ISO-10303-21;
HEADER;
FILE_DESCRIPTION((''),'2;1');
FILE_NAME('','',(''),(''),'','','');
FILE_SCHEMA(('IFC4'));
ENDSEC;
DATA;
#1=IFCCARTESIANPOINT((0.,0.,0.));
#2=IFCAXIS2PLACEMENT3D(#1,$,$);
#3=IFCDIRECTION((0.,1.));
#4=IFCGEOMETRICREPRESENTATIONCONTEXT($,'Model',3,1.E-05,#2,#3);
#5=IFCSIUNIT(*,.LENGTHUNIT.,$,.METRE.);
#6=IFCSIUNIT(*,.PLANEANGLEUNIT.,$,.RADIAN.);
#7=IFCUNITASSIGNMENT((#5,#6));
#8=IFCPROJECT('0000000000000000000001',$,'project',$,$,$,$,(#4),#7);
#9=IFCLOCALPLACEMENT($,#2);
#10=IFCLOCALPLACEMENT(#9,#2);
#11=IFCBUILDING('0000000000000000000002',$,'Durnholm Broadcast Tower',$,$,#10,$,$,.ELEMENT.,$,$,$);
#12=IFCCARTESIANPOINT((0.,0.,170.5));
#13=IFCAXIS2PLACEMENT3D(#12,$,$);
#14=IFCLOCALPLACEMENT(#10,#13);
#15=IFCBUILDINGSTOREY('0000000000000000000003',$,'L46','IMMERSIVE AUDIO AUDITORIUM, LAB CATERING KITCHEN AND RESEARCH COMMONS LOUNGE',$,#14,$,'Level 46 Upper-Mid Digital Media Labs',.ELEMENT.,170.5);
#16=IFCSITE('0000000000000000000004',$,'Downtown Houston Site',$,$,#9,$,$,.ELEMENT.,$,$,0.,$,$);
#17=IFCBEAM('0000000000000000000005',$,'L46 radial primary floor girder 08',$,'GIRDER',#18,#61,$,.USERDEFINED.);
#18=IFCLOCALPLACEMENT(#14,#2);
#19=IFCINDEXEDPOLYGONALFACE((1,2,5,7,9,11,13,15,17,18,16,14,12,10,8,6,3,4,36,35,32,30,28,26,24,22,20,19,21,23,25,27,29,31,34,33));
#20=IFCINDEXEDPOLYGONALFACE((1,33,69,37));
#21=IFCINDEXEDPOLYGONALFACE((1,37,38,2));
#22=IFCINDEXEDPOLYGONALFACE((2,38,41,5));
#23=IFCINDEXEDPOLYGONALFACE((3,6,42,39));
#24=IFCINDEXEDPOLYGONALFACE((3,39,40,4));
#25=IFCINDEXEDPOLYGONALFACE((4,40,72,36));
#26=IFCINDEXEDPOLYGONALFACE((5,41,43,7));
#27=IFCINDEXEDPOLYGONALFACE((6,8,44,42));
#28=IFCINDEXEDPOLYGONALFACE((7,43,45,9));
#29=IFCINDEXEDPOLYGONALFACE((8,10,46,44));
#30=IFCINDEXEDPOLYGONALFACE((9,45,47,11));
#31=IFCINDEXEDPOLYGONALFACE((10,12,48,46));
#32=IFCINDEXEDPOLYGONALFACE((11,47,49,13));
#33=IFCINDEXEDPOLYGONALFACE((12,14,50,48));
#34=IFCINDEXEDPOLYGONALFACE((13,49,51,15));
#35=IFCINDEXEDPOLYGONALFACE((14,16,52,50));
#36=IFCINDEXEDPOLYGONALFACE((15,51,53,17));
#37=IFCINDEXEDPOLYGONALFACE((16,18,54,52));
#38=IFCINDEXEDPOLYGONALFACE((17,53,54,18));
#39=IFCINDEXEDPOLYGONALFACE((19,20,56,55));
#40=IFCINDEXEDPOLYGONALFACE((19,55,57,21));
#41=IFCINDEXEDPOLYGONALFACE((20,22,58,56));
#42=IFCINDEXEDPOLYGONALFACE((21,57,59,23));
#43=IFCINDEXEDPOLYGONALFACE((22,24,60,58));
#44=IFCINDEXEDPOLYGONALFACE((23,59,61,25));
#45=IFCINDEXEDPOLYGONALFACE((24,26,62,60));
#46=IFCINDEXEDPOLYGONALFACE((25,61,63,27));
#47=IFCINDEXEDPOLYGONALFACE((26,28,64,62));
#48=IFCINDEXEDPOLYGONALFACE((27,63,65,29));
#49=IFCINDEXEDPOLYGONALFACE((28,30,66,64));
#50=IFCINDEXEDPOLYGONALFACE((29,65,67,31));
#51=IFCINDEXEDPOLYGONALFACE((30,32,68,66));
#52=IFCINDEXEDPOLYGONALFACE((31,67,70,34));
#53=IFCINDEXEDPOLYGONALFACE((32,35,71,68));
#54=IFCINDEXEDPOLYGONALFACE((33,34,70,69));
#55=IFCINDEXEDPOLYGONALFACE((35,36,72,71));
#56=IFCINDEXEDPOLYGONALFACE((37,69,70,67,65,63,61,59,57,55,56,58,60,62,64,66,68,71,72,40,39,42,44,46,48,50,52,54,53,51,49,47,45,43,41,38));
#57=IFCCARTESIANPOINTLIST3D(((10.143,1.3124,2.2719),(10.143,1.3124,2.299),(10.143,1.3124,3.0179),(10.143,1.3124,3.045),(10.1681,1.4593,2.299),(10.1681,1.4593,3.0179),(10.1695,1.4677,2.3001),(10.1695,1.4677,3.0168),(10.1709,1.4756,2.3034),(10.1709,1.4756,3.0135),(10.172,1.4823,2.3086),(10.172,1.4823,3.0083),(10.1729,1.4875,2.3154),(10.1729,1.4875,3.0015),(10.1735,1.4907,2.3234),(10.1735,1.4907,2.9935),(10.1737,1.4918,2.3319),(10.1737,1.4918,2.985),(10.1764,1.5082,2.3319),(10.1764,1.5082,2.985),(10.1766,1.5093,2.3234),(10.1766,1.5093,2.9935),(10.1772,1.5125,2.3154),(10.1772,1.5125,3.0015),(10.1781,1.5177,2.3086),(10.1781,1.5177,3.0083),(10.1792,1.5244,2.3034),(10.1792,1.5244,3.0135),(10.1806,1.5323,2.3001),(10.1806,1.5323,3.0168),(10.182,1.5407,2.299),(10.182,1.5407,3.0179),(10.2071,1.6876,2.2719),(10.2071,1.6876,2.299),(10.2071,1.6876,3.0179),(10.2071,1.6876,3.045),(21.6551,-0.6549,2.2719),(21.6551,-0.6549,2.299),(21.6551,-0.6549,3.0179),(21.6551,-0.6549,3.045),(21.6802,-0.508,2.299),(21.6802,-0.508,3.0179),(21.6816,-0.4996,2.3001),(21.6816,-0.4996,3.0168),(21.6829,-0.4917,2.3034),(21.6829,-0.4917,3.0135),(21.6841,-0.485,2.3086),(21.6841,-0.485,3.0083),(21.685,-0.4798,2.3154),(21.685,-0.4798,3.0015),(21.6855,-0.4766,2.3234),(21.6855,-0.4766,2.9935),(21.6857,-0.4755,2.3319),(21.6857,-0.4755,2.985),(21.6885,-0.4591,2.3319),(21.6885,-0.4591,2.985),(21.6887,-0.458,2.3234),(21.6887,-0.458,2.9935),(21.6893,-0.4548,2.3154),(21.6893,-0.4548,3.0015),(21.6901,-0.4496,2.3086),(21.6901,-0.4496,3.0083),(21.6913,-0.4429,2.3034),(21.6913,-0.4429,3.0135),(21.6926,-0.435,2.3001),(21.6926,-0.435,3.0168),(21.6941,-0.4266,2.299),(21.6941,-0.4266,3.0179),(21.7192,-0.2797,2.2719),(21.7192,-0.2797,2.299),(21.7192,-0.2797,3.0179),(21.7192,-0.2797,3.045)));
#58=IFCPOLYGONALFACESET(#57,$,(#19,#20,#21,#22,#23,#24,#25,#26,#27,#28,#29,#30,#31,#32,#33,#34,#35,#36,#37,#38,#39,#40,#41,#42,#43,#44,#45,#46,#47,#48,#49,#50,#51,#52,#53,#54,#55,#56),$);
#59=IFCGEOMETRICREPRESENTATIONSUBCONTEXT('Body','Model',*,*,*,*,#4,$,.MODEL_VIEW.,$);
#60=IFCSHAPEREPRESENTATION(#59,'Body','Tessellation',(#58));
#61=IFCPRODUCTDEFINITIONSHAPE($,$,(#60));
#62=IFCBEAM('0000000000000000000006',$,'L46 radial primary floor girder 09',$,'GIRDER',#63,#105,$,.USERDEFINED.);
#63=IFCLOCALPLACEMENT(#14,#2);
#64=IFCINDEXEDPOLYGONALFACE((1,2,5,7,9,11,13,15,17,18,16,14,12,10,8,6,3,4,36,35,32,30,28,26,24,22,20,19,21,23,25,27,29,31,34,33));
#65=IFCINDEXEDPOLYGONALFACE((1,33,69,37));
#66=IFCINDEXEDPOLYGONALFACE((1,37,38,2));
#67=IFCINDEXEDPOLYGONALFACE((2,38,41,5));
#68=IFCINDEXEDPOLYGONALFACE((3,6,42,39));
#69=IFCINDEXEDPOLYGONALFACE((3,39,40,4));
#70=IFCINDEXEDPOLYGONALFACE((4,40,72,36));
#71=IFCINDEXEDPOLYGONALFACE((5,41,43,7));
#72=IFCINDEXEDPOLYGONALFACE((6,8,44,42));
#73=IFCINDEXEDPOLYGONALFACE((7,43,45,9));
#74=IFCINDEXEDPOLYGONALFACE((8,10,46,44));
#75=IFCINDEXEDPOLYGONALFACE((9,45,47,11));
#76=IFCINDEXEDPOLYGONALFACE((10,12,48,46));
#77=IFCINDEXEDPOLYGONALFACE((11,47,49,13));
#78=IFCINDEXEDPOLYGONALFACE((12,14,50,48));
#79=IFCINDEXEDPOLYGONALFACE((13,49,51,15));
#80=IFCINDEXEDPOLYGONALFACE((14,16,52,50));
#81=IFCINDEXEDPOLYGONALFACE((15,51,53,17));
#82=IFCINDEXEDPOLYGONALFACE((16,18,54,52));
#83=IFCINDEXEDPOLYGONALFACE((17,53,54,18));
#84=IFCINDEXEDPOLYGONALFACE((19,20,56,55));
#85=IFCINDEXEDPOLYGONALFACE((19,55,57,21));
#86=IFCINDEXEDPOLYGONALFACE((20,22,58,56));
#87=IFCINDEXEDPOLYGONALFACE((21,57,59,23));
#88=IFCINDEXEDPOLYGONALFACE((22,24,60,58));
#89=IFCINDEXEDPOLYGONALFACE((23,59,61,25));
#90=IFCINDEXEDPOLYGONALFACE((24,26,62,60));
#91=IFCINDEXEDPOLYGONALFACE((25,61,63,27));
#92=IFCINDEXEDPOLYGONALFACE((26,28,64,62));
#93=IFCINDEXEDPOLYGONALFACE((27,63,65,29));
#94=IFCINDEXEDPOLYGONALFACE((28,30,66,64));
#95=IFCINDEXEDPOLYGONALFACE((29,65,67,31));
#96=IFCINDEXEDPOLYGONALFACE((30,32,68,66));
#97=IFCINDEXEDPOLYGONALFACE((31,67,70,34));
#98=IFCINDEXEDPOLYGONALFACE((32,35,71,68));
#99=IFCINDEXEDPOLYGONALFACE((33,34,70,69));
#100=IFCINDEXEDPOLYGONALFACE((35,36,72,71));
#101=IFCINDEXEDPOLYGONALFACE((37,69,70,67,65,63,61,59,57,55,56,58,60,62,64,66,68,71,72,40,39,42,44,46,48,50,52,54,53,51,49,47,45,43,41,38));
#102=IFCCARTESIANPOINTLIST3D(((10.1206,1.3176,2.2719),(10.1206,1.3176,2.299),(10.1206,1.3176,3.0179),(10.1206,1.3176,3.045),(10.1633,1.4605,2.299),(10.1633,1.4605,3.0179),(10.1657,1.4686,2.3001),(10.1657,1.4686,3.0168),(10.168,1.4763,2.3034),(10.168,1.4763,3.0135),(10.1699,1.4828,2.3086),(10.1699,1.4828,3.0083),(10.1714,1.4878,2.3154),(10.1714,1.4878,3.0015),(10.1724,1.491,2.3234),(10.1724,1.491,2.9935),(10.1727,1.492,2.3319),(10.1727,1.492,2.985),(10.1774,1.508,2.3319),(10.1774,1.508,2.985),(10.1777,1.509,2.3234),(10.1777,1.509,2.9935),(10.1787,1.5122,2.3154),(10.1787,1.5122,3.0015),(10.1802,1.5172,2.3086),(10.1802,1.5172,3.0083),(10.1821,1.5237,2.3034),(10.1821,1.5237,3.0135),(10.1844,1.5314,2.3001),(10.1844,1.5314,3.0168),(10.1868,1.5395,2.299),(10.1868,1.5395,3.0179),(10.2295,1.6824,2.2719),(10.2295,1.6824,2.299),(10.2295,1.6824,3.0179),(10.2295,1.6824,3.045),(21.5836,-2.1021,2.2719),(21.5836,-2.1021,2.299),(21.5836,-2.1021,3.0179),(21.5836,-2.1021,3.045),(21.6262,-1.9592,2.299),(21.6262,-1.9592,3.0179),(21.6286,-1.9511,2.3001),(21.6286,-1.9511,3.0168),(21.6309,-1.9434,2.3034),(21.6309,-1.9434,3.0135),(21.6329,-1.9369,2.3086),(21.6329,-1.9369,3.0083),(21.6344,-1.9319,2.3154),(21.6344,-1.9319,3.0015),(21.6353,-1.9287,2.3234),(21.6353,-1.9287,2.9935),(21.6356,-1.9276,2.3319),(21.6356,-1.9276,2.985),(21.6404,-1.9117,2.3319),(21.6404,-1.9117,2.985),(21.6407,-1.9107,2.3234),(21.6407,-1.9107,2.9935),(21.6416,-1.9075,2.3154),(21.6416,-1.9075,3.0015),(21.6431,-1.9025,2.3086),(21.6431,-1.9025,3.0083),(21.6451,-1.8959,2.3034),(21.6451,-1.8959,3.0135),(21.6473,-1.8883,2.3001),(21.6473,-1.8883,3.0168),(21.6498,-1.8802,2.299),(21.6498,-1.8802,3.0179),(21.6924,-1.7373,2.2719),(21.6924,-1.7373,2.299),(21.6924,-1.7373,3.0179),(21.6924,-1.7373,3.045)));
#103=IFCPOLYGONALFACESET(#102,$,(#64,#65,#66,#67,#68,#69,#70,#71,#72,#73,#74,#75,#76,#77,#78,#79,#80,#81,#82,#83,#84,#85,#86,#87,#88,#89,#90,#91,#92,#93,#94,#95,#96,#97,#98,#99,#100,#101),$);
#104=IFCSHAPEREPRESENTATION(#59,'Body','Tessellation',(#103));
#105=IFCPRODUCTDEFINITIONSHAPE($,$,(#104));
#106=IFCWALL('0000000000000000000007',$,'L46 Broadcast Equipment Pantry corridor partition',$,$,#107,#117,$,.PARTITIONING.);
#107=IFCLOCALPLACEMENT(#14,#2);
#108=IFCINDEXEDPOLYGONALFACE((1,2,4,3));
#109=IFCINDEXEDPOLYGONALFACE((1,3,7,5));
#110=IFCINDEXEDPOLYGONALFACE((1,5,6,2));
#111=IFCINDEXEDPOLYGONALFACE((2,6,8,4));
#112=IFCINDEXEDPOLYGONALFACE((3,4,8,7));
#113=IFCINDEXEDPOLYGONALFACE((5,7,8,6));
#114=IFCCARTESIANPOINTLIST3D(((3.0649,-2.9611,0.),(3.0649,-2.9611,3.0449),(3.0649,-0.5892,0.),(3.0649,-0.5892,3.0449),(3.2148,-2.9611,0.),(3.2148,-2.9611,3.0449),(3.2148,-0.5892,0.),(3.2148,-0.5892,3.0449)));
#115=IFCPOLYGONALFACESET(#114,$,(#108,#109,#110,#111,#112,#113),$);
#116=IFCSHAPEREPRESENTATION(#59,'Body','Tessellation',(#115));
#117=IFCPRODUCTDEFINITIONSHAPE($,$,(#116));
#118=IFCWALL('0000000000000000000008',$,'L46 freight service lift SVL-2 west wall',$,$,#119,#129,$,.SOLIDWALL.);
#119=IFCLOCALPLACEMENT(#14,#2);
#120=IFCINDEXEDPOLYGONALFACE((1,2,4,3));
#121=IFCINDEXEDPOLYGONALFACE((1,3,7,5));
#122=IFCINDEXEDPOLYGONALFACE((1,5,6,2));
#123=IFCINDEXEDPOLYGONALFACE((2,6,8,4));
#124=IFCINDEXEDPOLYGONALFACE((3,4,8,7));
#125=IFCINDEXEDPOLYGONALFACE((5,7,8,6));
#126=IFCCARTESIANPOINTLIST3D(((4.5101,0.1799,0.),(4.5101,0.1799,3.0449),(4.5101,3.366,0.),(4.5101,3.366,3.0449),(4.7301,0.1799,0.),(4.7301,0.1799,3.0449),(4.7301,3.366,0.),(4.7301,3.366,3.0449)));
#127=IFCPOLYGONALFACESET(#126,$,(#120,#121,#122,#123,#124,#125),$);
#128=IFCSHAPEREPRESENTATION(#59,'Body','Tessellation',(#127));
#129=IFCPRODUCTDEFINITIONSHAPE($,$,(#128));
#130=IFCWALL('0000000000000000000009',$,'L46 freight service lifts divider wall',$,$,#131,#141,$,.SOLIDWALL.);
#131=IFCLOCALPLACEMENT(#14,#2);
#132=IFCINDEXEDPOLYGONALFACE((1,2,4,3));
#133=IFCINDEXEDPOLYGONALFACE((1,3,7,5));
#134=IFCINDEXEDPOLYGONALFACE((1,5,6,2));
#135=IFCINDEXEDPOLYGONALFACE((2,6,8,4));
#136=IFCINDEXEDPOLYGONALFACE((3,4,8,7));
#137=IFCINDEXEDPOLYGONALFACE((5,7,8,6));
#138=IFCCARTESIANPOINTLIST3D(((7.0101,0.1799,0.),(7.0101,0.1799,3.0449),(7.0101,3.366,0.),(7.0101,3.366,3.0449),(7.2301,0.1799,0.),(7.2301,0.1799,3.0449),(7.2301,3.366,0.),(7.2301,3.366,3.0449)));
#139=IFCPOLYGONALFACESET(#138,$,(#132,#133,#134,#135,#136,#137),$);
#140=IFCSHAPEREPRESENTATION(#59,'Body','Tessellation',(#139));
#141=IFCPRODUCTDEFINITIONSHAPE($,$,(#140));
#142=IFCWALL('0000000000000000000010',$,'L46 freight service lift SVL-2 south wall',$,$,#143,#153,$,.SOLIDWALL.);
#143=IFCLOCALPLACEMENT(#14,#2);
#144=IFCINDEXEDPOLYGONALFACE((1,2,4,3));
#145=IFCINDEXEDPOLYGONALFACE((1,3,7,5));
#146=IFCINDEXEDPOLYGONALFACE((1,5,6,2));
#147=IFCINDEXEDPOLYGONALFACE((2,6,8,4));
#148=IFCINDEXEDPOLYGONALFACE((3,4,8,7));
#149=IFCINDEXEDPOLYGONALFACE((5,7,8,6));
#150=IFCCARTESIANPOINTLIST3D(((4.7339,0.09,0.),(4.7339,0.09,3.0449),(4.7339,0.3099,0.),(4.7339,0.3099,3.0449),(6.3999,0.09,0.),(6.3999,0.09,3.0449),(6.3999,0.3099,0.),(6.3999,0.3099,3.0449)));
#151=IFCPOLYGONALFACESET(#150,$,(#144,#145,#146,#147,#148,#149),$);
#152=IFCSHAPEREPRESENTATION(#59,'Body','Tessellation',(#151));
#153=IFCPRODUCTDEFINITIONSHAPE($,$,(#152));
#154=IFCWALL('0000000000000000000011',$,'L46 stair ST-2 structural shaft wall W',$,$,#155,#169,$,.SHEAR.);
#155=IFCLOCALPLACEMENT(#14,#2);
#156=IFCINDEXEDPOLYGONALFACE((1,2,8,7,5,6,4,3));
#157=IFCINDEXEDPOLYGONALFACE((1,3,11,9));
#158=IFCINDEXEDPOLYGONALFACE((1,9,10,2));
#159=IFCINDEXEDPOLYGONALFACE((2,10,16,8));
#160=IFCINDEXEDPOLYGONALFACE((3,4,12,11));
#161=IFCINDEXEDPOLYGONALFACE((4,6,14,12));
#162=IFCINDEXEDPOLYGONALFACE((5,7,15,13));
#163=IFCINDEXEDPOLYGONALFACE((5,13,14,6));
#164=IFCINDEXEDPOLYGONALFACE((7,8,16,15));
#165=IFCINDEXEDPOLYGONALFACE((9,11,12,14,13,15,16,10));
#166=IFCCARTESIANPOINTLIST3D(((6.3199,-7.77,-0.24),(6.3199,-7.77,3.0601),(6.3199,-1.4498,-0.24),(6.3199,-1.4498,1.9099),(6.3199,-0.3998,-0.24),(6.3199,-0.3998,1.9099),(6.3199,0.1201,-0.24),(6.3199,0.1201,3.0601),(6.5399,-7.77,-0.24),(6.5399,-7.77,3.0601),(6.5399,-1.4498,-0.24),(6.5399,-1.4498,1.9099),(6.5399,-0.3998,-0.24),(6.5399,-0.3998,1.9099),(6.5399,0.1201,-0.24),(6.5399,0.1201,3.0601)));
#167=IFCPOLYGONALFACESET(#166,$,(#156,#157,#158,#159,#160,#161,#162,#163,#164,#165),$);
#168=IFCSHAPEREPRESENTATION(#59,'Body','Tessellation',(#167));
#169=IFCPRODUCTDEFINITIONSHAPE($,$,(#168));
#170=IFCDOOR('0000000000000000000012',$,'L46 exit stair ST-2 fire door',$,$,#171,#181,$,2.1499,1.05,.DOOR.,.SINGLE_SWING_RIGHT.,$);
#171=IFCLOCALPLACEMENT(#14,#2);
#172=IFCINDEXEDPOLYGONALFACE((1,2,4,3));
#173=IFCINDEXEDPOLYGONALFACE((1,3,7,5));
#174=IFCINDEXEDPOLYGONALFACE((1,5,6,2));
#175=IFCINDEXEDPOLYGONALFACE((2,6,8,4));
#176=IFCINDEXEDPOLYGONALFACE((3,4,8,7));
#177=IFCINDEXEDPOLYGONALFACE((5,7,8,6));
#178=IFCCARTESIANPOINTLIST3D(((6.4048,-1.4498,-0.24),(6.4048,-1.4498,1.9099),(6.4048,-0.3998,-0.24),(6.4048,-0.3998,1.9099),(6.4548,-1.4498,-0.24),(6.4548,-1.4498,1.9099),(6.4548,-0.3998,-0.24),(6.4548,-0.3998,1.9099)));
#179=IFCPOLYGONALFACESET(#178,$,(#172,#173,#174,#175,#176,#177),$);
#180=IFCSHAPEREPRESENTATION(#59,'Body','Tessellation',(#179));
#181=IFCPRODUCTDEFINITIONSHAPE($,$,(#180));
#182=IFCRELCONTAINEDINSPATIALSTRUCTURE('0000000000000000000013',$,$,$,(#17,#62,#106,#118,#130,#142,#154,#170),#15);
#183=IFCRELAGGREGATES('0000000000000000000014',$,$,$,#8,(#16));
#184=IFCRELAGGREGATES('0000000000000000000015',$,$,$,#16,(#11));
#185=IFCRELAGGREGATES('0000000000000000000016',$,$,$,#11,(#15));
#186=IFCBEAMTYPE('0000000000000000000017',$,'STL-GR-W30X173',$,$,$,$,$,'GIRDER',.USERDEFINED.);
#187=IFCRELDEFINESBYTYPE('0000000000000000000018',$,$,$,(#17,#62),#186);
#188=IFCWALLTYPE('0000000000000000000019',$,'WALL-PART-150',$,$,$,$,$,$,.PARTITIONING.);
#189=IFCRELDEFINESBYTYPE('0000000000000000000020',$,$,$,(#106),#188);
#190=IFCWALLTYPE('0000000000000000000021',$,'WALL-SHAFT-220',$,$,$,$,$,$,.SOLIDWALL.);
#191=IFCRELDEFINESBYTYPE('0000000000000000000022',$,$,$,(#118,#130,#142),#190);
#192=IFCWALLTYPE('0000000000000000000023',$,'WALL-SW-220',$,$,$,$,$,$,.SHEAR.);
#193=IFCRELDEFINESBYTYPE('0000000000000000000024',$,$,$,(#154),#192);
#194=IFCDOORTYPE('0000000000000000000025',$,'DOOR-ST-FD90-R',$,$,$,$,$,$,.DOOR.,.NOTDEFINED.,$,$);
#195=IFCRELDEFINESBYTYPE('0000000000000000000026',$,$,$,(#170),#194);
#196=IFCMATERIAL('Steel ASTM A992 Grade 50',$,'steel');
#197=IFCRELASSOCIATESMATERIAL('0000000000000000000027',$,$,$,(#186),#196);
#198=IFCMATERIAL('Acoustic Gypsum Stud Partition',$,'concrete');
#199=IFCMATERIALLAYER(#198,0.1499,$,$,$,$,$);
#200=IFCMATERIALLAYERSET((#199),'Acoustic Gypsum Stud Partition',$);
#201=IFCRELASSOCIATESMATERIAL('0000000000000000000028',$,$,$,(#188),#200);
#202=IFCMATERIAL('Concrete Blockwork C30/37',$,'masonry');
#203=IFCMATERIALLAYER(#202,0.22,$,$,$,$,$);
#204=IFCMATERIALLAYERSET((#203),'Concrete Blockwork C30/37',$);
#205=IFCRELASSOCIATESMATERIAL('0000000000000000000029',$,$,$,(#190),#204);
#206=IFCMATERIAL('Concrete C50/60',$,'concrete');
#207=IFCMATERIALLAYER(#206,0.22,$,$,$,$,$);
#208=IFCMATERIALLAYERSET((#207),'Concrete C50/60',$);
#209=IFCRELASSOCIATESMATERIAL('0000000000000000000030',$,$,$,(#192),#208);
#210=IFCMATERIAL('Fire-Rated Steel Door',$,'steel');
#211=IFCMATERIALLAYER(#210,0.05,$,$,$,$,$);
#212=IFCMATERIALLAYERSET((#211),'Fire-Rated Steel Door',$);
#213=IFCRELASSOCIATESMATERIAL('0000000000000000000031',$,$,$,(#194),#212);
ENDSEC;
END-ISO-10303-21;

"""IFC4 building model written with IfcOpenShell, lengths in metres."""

from ifc_helpers import new_model, si_unit, direction, frame, frame_2d, origin, origin_2d, place, context, subcontext, project, spatial, rectangle, i_section, extrude, source, transform, mapped, material, layer, layer_set, material_profile, profile_set, type_object, type_shapes, element, fill, save


model = new_model("IFC4")

# Units and contexts
model_context = context("Model", 3, precision=1e-05, world=origin(), true_north=direction((0.0, 1.0)))
body_context = subcontext(model_context, "Body", "Model", "MODEL_VIEW")
ifc_project = project(units=[si_unit("LENGTHUNIT", "METRE"), si_unit("PLANEANGLEUNIT", "RADIAN")], contexts=[model_context])

# Site, building, storey
site_placement = place(None, origin())
site = spatial("IfcSite", under=ifc_project, at=site_placement, Name="Downtown Houston Site", CompositionType="ELEMENT", RefElevation=0.0)
building_placement = place(site_placement, origin())
building = spatial("IfcBuilding", under=site, at=building_placement, Name="Durnholm Broadcast Tower", CompositionType="ELEMENT")
storey_placement = place(building_placement, frame((0.0, 0.0, 170.5)))
storey = spatial("IfcBuildingStorey", under=building, at=storey_placement, Name="L46", Description="IMMERSIVE AUDIO AUDITORIUM, LAB CATERING KITCHEN AND RESEARCH COMMONS LOUNGE", LongName="Level 46 Upper-Mid Digital Media Labs", CompositionType="ELEMENT", Elevation=170.5)

# Beams
ifc_material_1 = material(Name="Steel ASTM A992 Grade 50", Category="steel")
ifc_material_profile = material_profile(ifc_material_1, i_section(OverallWidth=0.3806, OverallDepth=0.7732, WebThickness=0.0166, FlangeThickness=0.0271, FilletRadius=0.033, at=origin_2d()), Name="W30X173")
ifc_profile_set = profile_set([ifc_material_profile], Name="Steel ASTM A992 Grade 50")
beam_type = type_object("IfcBeamType", Name="STL-GR-W30X173", ElementType="GIRDER", PredefinedType="USERDEFINED", material=ifc_profile_set)
shared_shape_1 = source(origin(), body_context, "Body", "SweptSolid", [
    extrude(i_section(OverallWidth=0.3806, OverallDepth=0.7732, WebThickness=0.0166, FlangeThickness=0.0271, FilletRadius=0.033, at=origin_2d()), origin(), (0.0, 0.0, 1.0), 11.679),
])
beam_1_placement = place(storey_placement, frame((10.175, 1.5, 2.6584), z_axis=(0.98571, -0.168449, 0.0), x_axis=(0.168449, 0.98571, 0.0)))
element("IfcBeam", 1, at=beam_1_placement, inside=storey, type_object=beam_type, Name="L46 radial primary floor girder 08", ObjectType="GIRDER", PredefinedType="USERDEFINED", context=body_context, shape_type="MappedRepresentation", body=[
    mapped(shared_shape_1, transform((0.0, 0.0, 0.0), x_axis=(1.0, 0.0, 0.0), y_axis=(0.0, 1.0, 0.0), z_axis=(0.0, 0.0, 1.0), scale=1.0)),
])
shared_shape_2 = source(origin(), body_context, "Body", "SweptSolid", [
    extrude(i_section(OverallWidth=0.3806, OverallDepth=0.7732, WebThickness=0.0166, FlangeThickness=0.0271, FilletRadius=0.033, at=origin_2d()), origin(), (0.0, 0.0, 1.0), 11.9622),
])
type_shapes(beam_type, [shared_shape_1, shared_shape_2])
beam_2_placement = place(storey_placement, frame((10.175, 1.5, 2.6584), z_axis=(0.958267, -0.285876, 0.0), x_axis=(0.285876, 0.958267, 0.0)))
element("IfcBeam", 2, at=beam_2_placement, inside=storey, type_object=beam_type, Name="L46 radial primary floor girder 09", ObjectType="GIRDER", PredefinedType="USERDEFINED", context=body_context, shape_type="MappedRepresentation", body=[
    mapped(shared_shape_2, transform((0.0, 0.0, 0.0), x_axis=(1.0, 0.0, 0.0), y_axis=(0.0, 1.0, 0.0), z_axis=(0.0, 0.0, 1.0), scale=1.0)),
])

# Wall
ifc_material_2 = material(Name="Acoustic Gypsum Stud Partition", Category="concrete")
ifc_layer_1 = layer(ifc_material_2, 0.1499)
ifc_layer_set_1 = layer_set([ifc_layer_1], Name="Acoustic Gypsum Stud Partition")
wall_type_1 = type_object("IfcWallType", Name="WALL-PART-150", PredefinedType="PARTITIONING", material=ifc_layer_set_1)
wall_1_placement = place(storey_placement, frame((3.1399, -0.5891, 0.0), z_axis=(0.0, 0.0, 1.0), x_axis=(0.0, -1.0, 0.0)))
element("IfcWall", 3, at=wall_1_placement, inside=storey, type_object=wall_type_1, Name="L46 Broadcast Equipment Pantry corridor partition", PredefinedType="PARTITIONING", context=body_context, shape_type="SweptSolid", body=[
    extrude(rectangle(XDim=2.3718, YDim=0.1499, at=frame_2d((1.186, 0.0))), origin(), (0.0, 0.0, 1.0), 3.0449),
])

# Shared definitions
ifc_material_3 = material(Name="Concrete Blockwork C30/37", Category="masonry")
ifc_layer_2 = layer(ifc_material_3, 0.22)
ifc_layer_set_2 = layer_set([ifc_layer_2], Name="Concrete Blockwork C30/37")
wall_type_2 = type_object("IfcWallType", Name="WALL-SHAFT-220", PredefinedType="SOLIDWALL", material=ifc_layer_set_2)

# Walls
for number, where, z_axis, x_axis, name in (
    (4, (4.6201, 0.1799, 0.0), (0.0, 0.0, 1.0), (0.0, 1.0, 0.0), "L46 freight service lift SVL-2 west wall"),
    (5, (7.1201, 0.1799, 0.0), (0.0, 0.0, 1.0), (0.0, 1.0, 0.0), "L46 freight service lifts divider wall"),
):
    element("IfcWall", number, at=place(storey_placement, frame(where, z_axis=z_axis, x_axis=x_axis)), inside=storey, type_object=wall_type_2, Name=name, PredefinedType="SOLIDWALL", context=body_context, shape_type="SweptSolid", body=[
        extrude(rectangle(XDim=3.186, YDim=0.22, at=frame_2d((1.593, 0.0))), origin(), (0.0, 0.0, 1.0), 3.0449),
    ])
wall_2_placement = place(storey_placement, frame((4.7339, 0.2, 0.0), z_axis=(0.0, 0.0, 1.0), x_axis=(1.0, 0.0, 0.0)))
element("IfcWall", 6, at=wall_2_placement, inside=storey, type_object=wall_type_2, Name="L46 freight service lift SVL-2 south wall", PredefinedType="SOLIDWALL", context=body_context, shape_type="SweptSolid", body=[
    extrude(rectangle(XDim=1.666, YDim=0.22, at=frame_2d((0.833, 0.0))), origin(), (0.0, 0.0, 1.0), 3.0449),
])

# Wall, opening, door
ifc_material_4 = material(Name="Concrete C50/60", Category="concrete")
ifc_layer_3 = layer(ifc_material_4, 0.22)
ifc_layer_set_3 = layer_set([ifc_layer_3], Name="Concrete C50/60")
wall_type_3 = type_object("IfcWallType", Name="WALL-SW-220", PredefinedType="SHEAR", material=ifc_layer_set_3)
wall_3_placement = place(storey_placement, frame((6.4299, 0.1201, -0.24), z_axis=(0.0, 0.0, 1.0), x_axis=(0.0, -1.0, 0.0)))
wall_3 = element("IfcWall", 7, at=wall_3_placement, inside=storey, type_object=wall_type_3, Name="L46 stair ST-2 structural shaft wall W", PredefinedType="SHEAR", context=body_context, shape_type="SweptSolid", body=[
    extrude(rectangle(XDim=7.8901, YDim=0.22, at=frame_2d((3.9451, 0.0))), origin(), (0.0, 0.0, 1.0), 3.3),
])
opening_1_placement = place(wall_3_placement, frame((0.52, 0.0, 0.0)))
opening_1 = element("IfcOpeningElement", 8, at=opening_1_placement, cuts=wall_3, PredefinedType="OPENING", context=body_context, shape_type="SweptSolid", body=[
    extrude(rectangle(XDim=1.05, YDim=2.1499, at=frame_2d((0.5249, 1.075))), frame((0.0, 0.1201, 0.0), z_axis=(0.0, -1.0, 0.0), x_axis=(1.0, 0.0, 0.0)), (0.0, 0.0, 1.0), 0.24),
])
ifc_material_5 = material(Name="Fire-Rated Steel Door", Category="steel")
ifc_layer_4 = layer(ifc_material_5, 0.05)
ifc_layer_set_4 = layer_set([ifc_layer_4], Name="Fire-Rated Steel Door")
door_type_1 = type_object("IfcDoorType", Name="DOOR-ST-FD90-R", OperationType="NOTDEFINED", PredefinedType="DOOR", material=ifc_layer_set_4)
shared_shape_3 = source(origin(), body_context, "Body", "SweptSolid", [
    extrude(rectangle(XDim=1.05, YDim=2.1499, at=frame_2d((0.5249, 1.075))), frame((0.0, 0.0249, 0.0), z_axis=(0.0, -1.0, 0.0), x_axis=(1.0, 0.0, 0.0)), (0.0, 0.0, 1.0), 0.05),
])
type_shapes(door_type_1, [shared_shape_3])
door_1_placement = place(opening_1_placement, origin())
door_1 = element("IfcDoor", 9, at=door_1_placement, inside=storey, type_object=door_type_1, Name="L46 exit stair ST-2 fire door", OperationType="SINGLE_SWING_RIGHT", OverallHeight=2.1499, OverallWidth=1.05, PredefinedType="DOOR", context=body_context, shape_type="MappedRepresentation", body=[
    mapped(shared_shape_3, transform((0.0, 0.0, 0.0), x_axis=(1.0, 0.0, 0.0), y_axis=(0.0, 1.0, 0.0), z_axis=(0.0, 0.0, 1.0), scale=1.0)),
])
fill(opening_1, door_1)

save(model, "model.ifc")
